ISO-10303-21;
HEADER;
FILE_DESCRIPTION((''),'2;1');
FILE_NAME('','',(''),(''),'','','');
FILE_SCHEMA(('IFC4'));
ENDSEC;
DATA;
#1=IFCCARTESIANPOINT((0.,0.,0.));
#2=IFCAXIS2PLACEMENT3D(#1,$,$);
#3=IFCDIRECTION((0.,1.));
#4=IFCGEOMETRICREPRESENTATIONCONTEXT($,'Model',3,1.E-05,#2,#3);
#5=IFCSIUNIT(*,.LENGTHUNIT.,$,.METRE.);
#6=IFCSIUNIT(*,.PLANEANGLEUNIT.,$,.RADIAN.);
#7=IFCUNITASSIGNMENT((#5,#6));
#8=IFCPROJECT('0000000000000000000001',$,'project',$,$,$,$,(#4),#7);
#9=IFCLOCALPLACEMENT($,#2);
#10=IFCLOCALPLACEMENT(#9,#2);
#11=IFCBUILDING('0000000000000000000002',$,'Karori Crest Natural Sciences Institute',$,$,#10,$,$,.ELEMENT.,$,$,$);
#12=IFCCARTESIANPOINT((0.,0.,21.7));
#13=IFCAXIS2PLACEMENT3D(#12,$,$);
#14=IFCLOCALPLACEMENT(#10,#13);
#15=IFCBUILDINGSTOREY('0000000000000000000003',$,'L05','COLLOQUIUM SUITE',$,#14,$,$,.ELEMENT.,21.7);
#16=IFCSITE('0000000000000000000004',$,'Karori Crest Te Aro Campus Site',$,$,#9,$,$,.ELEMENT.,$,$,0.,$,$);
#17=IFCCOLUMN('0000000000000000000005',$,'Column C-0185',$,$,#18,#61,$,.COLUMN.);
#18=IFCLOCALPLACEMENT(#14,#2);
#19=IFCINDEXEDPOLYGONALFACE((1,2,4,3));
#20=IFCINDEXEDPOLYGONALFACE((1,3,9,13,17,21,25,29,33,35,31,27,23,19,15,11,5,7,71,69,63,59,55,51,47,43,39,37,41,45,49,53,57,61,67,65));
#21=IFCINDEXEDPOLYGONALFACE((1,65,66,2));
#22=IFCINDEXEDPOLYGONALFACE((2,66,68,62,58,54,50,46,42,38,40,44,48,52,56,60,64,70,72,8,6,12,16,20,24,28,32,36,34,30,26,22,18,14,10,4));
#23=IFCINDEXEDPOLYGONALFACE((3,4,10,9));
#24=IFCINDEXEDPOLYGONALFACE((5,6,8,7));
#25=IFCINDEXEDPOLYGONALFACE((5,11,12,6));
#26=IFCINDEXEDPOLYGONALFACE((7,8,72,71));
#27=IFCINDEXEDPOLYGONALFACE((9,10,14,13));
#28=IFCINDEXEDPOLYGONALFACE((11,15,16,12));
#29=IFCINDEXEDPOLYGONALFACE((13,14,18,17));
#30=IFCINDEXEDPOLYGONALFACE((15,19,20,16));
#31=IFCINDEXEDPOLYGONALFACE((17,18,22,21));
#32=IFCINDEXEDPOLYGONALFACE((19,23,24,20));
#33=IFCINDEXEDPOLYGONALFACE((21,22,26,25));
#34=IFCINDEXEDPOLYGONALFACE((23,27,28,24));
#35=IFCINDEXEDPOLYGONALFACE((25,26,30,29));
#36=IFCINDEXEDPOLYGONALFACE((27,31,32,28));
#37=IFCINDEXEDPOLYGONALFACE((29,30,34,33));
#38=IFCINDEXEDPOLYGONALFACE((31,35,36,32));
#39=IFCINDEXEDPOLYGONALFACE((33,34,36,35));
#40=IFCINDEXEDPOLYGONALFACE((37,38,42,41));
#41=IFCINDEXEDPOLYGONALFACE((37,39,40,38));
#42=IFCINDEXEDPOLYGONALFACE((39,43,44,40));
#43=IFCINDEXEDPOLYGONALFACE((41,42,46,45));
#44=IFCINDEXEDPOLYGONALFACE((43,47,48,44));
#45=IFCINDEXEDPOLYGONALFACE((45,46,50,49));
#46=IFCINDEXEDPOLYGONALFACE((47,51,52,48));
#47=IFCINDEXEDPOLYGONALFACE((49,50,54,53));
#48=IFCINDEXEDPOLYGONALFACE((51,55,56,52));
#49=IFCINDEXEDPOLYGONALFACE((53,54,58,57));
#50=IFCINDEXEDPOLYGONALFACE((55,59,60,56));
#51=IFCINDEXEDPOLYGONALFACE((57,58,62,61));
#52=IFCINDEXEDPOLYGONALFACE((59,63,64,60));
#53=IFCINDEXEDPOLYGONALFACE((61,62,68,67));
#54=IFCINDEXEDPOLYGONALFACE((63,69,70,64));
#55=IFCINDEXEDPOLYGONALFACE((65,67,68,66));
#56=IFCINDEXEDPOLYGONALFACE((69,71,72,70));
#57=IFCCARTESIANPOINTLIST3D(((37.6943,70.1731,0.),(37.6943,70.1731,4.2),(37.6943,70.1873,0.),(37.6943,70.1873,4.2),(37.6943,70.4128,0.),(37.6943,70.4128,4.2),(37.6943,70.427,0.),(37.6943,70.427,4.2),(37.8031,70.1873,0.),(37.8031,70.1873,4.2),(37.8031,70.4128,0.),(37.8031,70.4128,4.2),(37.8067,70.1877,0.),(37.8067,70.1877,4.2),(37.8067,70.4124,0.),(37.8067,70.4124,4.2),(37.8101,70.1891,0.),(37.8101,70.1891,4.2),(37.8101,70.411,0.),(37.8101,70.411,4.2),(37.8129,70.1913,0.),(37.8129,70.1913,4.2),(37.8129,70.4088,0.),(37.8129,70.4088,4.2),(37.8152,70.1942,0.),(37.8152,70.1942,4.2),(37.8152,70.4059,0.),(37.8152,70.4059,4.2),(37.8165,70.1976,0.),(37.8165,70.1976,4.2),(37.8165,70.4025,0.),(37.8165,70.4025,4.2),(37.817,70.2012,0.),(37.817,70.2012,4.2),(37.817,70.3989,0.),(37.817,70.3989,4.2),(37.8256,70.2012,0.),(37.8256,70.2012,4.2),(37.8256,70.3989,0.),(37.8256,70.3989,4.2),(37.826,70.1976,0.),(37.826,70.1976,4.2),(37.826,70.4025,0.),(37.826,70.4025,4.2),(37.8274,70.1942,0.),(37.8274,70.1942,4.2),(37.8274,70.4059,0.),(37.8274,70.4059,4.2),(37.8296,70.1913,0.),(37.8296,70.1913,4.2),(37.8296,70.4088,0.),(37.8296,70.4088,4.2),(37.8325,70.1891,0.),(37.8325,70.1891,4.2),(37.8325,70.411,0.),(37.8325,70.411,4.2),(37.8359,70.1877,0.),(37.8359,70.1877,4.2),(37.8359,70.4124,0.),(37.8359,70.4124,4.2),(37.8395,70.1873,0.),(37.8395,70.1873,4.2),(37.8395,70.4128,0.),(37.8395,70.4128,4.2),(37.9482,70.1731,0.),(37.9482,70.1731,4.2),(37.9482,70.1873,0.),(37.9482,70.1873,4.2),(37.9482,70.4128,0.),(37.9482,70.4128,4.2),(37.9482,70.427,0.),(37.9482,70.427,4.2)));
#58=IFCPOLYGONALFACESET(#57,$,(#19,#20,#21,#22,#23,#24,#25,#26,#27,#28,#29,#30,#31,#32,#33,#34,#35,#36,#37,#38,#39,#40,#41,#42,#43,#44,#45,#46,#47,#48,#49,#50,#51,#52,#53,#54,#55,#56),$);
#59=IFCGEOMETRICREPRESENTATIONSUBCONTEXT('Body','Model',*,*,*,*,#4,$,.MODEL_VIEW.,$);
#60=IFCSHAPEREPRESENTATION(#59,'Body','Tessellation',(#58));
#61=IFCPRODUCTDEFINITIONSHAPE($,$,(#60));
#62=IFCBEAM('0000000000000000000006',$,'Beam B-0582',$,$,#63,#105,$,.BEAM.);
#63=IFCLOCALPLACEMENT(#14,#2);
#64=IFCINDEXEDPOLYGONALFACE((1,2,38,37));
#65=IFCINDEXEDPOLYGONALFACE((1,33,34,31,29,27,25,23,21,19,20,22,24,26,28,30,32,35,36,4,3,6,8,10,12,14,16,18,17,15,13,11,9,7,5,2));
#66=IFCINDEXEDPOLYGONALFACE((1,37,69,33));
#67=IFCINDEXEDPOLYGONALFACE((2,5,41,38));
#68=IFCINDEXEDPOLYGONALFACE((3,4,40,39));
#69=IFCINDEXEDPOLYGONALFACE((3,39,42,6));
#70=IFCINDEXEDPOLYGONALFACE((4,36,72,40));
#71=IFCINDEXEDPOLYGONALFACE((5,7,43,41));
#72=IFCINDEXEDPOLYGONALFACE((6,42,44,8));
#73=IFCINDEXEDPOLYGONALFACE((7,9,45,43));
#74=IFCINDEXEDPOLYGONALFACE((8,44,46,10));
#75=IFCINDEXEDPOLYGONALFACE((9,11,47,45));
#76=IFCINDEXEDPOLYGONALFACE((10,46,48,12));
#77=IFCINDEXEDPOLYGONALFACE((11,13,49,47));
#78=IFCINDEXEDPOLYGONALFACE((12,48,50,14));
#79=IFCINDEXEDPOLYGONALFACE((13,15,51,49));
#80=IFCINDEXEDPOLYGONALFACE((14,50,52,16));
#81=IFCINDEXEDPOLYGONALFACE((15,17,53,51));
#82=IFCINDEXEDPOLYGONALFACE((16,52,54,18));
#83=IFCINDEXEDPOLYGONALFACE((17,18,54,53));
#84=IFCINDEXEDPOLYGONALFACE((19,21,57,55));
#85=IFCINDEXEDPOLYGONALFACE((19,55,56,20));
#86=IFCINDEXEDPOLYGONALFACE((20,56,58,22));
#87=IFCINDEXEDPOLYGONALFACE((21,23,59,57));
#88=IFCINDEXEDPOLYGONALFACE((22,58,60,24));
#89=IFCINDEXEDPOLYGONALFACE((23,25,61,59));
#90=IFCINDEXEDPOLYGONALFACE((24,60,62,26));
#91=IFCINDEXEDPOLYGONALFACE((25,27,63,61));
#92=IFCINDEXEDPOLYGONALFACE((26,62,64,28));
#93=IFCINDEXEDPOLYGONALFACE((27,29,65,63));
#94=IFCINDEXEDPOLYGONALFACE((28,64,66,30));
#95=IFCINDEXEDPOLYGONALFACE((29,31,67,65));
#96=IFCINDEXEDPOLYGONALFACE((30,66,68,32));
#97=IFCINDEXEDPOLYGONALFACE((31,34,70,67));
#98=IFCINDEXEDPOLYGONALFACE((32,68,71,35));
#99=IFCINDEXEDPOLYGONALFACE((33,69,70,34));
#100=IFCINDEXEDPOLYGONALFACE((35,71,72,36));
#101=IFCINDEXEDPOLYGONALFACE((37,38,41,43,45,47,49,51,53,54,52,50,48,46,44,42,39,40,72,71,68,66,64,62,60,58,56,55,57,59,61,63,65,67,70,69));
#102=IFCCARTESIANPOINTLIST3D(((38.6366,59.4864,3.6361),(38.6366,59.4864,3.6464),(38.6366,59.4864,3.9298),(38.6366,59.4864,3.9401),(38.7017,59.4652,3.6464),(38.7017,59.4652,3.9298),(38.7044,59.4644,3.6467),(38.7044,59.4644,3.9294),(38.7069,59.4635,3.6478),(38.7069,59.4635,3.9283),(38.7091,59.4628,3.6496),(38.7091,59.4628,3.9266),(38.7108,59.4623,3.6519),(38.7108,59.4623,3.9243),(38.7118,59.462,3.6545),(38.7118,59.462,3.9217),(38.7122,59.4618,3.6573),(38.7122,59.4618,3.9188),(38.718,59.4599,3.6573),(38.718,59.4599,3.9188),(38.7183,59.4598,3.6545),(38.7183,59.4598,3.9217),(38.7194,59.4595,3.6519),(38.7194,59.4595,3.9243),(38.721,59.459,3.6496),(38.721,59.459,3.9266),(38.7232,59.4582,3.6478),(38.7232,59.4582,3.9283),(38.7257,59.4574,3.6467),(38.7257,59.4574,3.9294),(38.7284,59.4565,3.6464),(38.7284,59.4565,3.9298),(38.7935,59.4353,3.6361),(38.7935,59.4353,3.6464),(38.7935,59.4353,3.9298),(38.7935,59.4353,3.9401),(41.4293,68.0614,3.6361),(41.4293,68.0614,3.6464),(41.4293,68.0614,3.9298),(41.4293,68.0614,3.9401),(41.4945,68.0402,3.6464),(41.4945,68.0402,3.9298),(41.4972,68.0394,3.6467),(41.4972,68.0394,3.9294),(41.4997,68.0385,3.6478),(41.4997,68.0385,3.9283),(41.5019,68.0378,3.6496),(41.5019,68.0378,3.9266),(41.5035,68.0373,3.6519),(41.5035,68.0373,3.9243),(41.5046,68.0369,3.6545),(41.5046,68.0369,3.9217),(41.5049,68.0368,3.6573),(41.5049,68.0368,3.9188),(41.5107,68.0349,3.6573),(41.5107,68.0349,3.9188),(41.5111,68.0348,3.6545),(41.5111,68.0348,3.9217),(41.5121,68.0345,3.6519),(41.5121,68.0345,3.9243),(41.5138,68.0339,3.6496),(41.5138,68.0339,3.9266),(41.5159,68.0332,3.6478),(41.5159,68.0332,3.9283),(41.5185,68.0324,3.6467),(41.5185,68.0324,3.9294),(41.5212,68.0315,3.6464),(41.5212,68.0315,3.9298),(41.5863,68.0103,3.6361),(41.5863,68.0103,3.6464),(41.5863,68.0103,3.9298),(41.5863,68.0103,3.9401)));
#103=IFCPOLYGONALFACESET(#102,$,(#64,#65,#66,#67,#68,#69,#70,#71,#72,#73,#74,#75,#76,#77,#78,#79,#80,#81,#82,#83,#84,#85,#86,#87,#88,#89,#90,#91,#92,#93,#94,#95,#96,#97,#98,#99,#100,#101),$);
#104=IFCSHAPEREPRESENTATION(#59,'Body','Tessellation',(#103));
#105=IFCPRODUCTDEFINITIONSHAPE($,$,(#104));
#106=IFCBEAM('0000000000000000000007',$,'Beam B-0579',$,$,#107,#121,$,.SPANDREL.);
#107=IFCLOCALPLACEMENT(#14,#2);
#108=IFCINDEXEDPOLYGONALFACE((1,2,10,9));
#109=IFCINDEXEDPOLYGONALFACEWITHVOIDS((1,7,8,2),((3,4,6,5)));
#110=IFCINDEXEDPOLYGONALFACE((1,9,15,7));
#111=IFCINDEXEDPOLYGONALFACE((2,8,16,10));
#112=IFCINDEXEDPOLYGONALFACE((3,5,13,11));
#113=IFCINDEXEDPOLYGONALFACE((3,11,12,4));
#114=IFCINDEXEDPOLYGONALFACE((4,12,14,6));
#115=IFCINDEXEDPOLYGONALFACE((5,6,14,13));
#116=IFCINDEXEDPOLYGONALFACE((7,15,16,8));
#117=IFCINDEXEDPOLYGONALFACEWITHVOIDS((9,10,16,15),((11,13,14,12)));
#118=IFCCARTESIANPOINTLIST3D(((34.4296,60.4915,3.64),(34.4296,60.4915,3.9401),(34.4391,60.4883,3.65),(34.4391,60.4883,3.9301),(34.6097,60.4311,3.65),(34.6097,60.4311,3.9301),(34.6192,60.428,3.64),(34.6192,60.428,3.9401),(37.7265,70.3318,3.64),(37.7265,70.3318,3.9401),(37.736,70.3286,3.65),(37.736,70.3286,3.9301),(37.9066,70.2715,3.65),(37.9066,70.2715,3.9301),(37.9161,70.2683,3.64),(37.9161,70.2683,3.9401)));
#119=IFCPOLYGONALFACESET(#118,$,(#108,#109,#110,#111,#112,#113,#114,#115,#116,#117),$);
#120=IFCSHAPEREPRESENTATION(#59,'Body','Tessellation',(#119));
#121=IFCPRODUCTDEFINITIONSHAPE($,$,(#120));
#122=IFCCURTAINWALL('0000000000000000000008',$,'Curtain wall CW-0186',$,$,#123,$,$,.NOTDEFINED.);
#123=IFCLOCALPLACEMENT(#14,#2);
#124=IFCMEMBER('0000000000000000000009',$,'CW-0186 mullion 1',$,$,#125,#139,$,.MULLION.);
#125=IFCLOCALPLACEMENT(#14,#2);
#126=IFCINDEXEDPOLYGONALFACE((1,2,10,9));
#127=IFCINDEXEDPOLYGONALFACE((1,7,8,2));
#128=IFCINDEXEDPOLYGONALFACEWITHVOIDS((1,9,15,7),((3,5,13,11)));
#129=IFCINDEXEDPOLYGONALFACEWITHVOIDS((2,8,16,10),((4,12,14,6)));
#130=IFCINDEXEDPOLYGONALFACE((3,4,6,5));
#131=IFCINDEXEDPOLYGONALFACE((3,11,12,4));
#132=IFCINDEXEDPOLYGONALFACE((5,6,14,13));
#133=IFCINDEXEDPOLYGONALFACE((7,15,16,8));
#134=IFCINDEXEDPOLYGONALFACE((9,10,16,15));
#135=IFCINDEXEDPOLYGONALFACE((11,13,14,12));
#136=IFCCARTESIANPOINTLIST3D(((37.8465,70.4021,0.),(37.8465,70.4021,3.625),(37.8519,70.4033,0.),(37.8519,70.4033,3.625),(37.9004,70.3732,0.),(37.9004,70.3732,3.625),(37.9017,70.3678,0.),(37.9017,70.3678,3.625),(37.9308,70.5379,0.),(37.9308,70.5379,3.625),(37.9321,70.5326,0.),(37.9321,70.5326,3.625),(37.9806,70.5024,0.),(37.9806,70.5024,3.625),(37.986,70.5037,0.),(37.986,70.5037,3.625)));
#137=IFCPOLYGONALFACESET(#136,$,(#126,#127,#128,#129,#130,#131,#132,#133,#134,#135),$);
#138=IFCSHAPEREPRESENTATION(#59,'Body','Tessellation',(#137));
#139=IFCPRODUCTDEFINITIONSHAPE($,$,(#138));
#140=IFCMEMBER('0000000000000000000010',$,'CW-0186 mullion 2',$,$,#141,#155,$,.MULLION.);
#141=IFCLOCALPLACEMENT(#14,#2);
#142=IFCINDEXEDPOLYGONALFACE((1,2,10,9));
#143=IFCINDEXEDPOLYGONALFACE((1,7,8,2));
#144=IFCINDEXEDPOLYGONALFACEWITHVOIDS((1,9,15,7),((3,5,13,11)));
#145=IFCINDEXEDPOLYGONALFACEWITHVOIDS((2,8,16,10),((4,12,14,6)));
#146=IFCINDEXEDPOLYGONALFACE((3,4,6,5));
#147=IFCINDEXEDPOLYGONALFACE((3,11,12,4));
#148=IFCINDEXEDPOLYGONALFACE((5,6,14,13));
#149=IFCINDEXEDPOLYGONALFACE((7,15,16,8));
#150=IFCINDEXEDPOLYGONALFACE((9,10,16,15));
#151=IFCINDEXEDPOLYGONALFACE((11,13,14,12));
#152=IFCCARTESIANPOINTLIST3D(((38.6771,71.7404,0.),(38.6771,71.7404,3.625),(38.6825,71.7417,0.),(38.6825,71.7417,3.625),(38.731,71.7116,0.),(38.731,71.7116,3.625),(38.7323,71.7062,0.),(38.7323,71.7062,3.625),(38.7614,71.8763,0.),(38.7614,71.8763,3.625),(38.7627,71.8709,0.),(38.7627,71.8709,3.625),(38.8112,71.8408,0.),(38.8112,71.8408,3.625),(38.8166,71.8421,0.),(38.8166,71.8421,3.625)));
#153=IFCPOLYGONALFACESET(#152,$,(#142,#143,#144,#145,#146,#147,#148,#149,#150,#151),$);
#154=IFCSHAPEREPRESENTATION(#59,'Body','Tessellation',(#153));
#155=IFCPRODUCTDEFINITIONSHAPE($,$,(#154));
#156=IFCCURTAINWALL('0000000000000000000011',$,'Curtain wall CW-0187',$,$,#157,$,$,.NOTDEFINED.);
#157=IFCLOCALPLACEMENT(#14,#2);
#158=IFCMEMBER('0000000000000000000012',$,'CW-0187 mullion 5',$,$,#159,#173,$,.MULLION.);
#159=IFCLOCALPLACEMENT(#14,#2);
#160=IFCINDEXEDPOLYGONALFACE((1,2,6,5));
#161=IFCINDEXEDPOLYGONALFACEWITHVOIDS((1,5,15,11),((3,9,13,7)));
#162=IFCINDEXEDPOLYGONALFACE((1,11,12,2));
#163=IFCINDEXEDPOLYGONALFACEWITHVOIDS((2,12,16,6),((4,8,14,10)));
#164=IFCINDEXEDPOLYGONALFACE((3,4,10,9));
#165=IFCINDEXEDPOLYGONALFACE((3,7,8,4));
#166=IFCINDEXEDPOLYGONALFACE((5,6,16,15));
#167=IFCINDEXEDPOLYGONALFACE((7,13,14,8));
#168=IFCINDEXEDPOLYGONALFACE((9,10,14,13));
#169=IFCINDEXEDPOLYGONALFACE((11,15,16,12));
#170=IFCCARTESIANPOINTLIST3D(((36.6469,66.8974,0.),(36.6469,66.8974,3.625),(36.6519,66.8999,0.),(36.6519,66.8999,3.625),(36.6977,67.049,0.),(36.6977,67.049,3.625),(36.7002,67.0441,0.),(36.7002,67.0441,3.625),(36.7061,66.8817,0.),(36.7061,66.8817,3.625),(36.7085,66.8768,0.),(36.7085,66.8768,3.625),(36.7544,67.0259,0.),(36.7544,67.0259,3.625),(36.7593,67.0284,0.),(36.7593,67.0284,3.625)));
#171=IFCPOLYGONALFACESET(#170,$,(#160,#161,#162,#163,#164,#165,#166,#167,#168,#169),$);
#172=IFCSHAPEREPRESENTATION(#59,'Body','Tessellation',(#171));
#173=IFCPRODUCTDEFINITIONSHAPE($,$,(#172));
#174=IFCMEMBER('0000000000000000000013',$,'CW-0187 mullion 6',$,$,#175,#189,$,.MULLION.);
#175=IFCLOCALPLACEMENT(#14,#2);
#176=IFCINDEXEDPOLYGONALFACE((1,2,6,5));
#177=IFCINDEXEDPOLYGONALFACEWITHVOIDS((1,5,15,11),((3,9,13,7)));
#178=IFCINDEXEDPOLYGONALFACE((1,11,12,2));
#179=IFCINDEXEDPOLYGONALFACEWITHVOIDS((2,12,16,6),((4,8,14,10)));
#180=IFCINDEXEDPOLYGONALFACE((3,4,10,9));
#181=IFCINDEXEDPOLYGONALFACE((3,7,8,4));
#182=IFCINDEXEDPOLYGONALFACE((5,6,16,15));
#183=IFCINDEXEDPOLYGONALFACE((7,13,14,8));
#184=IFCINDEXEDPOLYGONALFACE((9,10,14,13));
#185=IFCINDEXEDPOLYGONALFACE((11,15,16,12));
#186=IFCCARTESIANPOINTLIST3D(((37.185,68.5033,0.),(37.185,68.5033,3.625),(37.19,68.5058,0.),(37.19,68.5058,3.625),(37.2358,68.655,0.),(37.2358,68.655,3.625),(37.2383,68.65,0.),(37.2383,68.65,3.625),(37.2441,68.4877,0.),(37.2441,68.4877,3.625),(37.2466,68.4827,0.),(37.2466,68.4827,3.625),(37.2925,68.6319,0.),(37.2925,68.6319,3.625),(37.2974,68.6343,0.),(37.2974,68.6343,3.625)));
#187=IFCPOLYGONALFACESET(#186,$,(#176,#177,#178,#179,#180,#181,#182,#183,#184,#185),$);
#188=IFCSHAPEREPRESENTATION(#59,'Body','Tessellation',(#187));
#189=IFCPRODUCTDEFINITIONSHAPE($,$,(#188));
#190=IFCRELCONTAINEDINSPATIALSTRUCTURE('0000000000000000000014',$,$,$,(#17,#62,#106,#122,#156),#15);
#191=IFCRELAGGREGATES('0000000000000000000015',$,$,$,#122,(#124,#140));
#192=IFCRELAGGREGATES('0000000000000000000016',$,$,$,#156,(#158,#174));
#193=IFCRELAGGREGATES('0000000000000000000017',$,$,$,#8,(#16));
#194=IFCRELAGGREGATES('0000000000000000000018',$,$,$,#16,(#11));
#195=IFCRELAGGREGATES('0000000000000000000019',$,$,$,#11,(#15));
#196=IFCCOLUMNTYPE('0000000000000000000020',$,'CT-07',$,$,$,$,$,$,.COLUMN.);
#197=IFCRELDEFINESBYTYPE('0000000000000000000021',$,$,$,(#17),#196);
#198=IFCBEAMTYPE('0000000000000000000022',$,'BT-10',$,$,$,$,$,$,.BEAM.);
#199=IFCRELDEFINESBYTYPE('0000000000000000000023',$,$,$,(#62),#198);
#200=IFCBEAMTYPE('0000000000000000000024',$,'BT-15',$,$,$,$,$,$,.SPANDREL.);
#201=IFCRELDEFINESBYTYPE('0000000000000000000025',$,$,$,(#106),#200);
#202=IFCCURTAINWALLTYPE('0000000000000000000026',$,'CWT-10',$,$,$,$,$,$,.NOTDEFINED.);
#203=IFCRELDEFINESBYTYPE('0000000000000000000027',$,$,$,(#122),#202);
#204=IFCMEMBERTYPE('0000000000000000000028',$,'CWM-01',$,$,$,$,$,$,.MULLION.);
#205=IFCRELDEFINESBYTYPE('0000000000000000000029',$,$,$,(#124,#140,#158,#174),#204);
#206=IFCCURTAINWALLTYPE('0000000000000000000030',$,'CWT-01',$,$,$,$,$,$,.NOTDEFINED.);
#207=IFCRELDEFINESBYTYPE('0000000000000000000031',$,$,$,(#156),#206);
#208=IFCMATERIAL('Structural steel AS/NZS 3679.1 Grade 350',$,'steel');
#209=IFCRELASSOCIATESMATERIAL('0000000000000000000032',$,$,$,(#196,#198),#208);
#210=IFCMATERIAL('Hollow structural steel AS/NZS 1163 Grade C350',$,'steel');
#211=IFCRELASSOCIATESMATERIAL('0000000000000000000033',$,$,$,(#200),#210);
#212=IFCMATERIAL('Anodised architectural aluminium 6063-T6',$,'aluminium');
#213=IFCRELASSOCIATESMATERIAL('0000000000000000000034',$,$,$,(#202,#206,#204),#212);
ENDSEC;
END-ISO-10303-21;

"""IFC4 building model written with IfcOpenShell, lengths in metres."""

from ifc_helpers import new_model, si_unit, direction, frame, origin, origin_2d, place, context, subcontext, project, spatial, hollow_rectangle, i_section, extrude, material, material_profile, profile_set, type_object, element, aggregate, save


model = new_model("IFC4")

# Units and contexts
model_context = context("Model", 3, precision=1e-05, world=origin(), true_north=direction((0.0, 1.0)))
body_context = subcontext(model_context, "Body", "Model", "MODEL_VIEW")
ifc_project = project(units=[si_unit("LENGTHUNIT", "METRE"), si_unit("PLANEANGLEUNIT", "RADIAN")], contexts=[model_context])

# Site, building, storey
site_placement = place(None, origin())
site = spatial("IfcSite", under=ifc_project, at=site_placement, Name="Karori Crest Te Aro Campus Site", CompositionType="ELEMENT", RefElevation=0.0)
building_placement = place(site_placement, origin())
building = spatial("IfcBuilding", under=site, at=building_placement, Name="Karori Crest Natural Sciences Institute", CompositionType="ELEMENT")
storey_placement = place(building_placement, frame((0.0, 0.0, 21.7)))
storey = spatial("IfcBuildingStorey", under=building, at=storey_placement, Name="L05", Description="COLLOQUIUM SUITE", CompositionType="ELEMENT", Elevation=21.7)

# Column
ifc_material_1 = material(Name="Structural steel AS/NZS 3679.1 Grade 350", Category="steel")
ifc_material_profile_1 = material_profile(ifc_material_1, i_section(OverallWidth=0.2539, OverallDepth=0.2539, WebThickness=0.0085, FlangeThickness=0.0142, FilletRadius=0.0139, at=origin_2d()), Name="250UC72.9")
ifc_profile_set_1 = profile_set([ifc_material_profile_1], Name="Structural steel AS/NZS 3679.1 Grade 350")
column_type = type_object("IfcColumnType", Name="CT-07", PredefinedType="COLUMN", material=ifc_profile_set_1)
column_placement = place(storey_placement, frame((37.8213, 70.3, 0.0), z_axis=(0.0, 0.0, 1.0), x_axis=(1.0, 0.0, 0.0)))
element("IfcColumn", 1, at=column_placement, inside=storey, type_object=column_type, Name="Column C-0185", PredefinedType="COLUMN", context=body_context, shape_type="SweptSolid", body=[
    extrude(i_section(OverallWidth=0.2539, OverallDepth=0.2539, WebThickness=0.0085, FlangeThickness=0.0142, FilletRadius=0.0139, at=origin_2d()), origin(), (0.0, 0.0, 1.0), 4.2),
])

# Beams
ifc_material_profile_2 = material_profile(ifc_material_1, i_section(OverallWidth=0.165, OverallDepth=0.304, WebThickness=0.0061, FlangeThickness=0.0103, FilletRadius=0.011, at=origin_2d()), Name="310UB40.4")
ifc_profile_set_2 = profile_set([ifc_material_profile_2], Name="Structural steel AS/NZS 3679.1 Grade 350")
beam_type_1 = type_object("IfcBeamType", Name="BT-10", PredefinedType="BEAM", material=ifc_profile_set_2)
beam_1_placement = place(storey_placement, frame((41.5078, 68.0359, 3.7881), z_axis=(-0.309674, -0.950843, 0.0), x_axis=(0.950843, -0.309674, 0.0)))
element("IfcBeam", 2, at=beam_1_placement, inside=storey, type_object=beam_type_1, Name="Beam B-0582", PredefinedType="BEAM", context=body_context, shape_type="SweptSolid", body=[
    extrude(i_section(OverallWidth=0.165, OverallDepth=0.304, WebThickness=0.0061, FlangeThickness=0.0103, FilletRadius=0.011, at=origin_2d()), origin(), (0.0, 0.0, 1.0), 9.0183),
])
ifc_material_2 = material(Name="Hollow structural steel AS/NZS 1163 Grade C350", Category="steel")
ifc_material_profile_3 = material_profile(ifc_material_2, hollow_rectangle(XDim=0.2, YDim=0.3, WallThickness=0.01, at=origin_2d()), Name="RHS300x200x10")
ifc_profile_set_3 = profile_set([ifc_material_profile_3], Name="Hollow structural steel AS/NZS 1163 Grade C350")
beam_type_2 = type_object("IfcBeamType", Name="BT-15", PredefinedType="SPANDREL", material=ifc_profile_set_3)
beam_2_placement = place(storey_placement, frame((37.8213, 70.3, 3.79), z_axis=(-0.317681, -0.948198, 0.0), x_axis=(0.948198, -0.317681, 0.0)))
element("IfcBeam", 3, at=beam_2_placement, inside=storey, type_object=beam_type_2, Name="Beam B-0579", PredefinedType="SPANDREL", context=body_context, shape_type="SweptSolid", body=[
    extrude(hollow_rectangle(XDim=0.2, YDim=0.3, WallThickness=0.01, at=origin_2d()), origin(), (0.0, 0.0, 1.0), 10.3779),
])

# Curtain walls, members
ifc_material_3 = material(Name="Anodised architectural aluminium 6063-T6", Category="aluminium")
curtain_wall_type_1 = type_object("IfcCurtainWallType", Name="CWT-10", PredefinedType="NOTDEFINED", material=ifc_material_3)
curtain_wall_1_placement = place(storey_placement, origin())
curtain_wall_1 = element("IfcCurtainWall", 4, at=curtain_wall_1_placement, inside=storey, type_object=curtain_wall_type_1, Name="Curtain wall CW-0186", PredefinedType="NOTDEFINED")
ifc_material_profile_4 = material_profile(ifc_material_3, hollow_rectangle(XDim=0.0649, YDim=0.1599, WallThickness=0.0039, at=origin_2d()), Name="CWM160x65x4")
ifc_profile_set_4 = profile_set([ifc_material_profile_4], Name="Anodised architectural aluminium 6063-T6")
member_type_1 = type_object("IfcMemberType", Name="CWM-01", PredefinedType="MULLION", material=ifc_profile_set_4)
member_1_placement = place(storey_placement, frame((37.9163, 70.4529, 0.0), z_axis=(0.0, 0.0, 1.0), x_axis=(-0.849664, 0.527324, 0.0)))
member_1 = element("IfcMember", 5, at=member_1_placement, type_object=member_type_1, Name="CW-0186 mullion 1", PredefinedType="MULLION", context=body_context, shape_type="SweptSolid", body=[
    extrude(hollow_rectangle(XDim=0.0649, YDim=0.1599, WallThickness=0.0039, at=origin_2d()), origin(), (0.0, 0.0, 1.0), 3.625),
])
member_2_placement = place(storey_placement, frame((38.7468, 71.7913, 0.0), z_axis=(0.0, 0.0, 1.0), x_axis=(-0.849664, 0.527324, 0.0)))
member_2 = element("IfcMember", 6, at=member_2_placement, type_object=member_type_1, Name="CW-0186 mullion 2", PredefinedType="MULLION", context=body_context, shape_type="SweptSolid", body=[
    extrude(hollow_rectangle(XDim=0.0649, YDim=0.1599, WallThickness=0.0039, at=origin_2d()), origin(), (0.0, 0.0, 1.0), 3.625),
])
curtain_wall_type_2 = type_object("IfcCurtainWallType", Name="CWT-01", PredefinedType="NOTDEFINED", material=ifc_material_3)
curtain_wall_2_placement = place(storey_placement, origin())
curtain_wall_2 = element("IfcCurtainWall", 7, at=curtain_wall_2_placement, inside=storey, type_object=curtain_wall_type_2, Name="Curtain wall CW-0187", PredefinedType="NOTDEFINED")
member_3_placement = place(storey_placement, frame((36.7031, 66.9629, 0.0), z_axis=(0.0, 0.0, 1.0), x_axis=(-0.948198, 0.31768, 0.0)))
member_3 = element("IfcMember", 8, at=member_3_placement, type_object=member_type_1, Name="CW-0187 mullion 5", PredefinedType="MULLION", context=body_context, shape_type="SweptSolid", body=[
    extrude(hollow_rectangle(XDim=0.0649, YDim=0.1599, WallThickness=0.0039, at=origin_2d()), origin(), (0.0, 0.0, 1.0), 3.625),
])
member_4_placement = place(storey_placement, frame((37.2412, 68.5688, 0.0), z_axis=(0.0, 0.0, 1.0), x_axis=(-0.948198, 0.31768, 0.0)))
member_4 = element("IfcMember", 9, at=member_4_placement, type_object=member_type_1, Name="CW-0187 mullion 6", PredefinedType="MULLION", context=body_context, shape_type="SweptSolid", body=[
    extrude(hollow_rectangle(XDim=0.0649, YDim=0.1599, WallThickness=0.0039, at=origin_2d()), origin(), (0.0, 0.0, 1.0), 3.625),
])

aggregate(curtain_wall_1, [member_1, member_2])
aggregate(curtain_wall_2, [member_3, member_4])

save(model, "model.ifc")
